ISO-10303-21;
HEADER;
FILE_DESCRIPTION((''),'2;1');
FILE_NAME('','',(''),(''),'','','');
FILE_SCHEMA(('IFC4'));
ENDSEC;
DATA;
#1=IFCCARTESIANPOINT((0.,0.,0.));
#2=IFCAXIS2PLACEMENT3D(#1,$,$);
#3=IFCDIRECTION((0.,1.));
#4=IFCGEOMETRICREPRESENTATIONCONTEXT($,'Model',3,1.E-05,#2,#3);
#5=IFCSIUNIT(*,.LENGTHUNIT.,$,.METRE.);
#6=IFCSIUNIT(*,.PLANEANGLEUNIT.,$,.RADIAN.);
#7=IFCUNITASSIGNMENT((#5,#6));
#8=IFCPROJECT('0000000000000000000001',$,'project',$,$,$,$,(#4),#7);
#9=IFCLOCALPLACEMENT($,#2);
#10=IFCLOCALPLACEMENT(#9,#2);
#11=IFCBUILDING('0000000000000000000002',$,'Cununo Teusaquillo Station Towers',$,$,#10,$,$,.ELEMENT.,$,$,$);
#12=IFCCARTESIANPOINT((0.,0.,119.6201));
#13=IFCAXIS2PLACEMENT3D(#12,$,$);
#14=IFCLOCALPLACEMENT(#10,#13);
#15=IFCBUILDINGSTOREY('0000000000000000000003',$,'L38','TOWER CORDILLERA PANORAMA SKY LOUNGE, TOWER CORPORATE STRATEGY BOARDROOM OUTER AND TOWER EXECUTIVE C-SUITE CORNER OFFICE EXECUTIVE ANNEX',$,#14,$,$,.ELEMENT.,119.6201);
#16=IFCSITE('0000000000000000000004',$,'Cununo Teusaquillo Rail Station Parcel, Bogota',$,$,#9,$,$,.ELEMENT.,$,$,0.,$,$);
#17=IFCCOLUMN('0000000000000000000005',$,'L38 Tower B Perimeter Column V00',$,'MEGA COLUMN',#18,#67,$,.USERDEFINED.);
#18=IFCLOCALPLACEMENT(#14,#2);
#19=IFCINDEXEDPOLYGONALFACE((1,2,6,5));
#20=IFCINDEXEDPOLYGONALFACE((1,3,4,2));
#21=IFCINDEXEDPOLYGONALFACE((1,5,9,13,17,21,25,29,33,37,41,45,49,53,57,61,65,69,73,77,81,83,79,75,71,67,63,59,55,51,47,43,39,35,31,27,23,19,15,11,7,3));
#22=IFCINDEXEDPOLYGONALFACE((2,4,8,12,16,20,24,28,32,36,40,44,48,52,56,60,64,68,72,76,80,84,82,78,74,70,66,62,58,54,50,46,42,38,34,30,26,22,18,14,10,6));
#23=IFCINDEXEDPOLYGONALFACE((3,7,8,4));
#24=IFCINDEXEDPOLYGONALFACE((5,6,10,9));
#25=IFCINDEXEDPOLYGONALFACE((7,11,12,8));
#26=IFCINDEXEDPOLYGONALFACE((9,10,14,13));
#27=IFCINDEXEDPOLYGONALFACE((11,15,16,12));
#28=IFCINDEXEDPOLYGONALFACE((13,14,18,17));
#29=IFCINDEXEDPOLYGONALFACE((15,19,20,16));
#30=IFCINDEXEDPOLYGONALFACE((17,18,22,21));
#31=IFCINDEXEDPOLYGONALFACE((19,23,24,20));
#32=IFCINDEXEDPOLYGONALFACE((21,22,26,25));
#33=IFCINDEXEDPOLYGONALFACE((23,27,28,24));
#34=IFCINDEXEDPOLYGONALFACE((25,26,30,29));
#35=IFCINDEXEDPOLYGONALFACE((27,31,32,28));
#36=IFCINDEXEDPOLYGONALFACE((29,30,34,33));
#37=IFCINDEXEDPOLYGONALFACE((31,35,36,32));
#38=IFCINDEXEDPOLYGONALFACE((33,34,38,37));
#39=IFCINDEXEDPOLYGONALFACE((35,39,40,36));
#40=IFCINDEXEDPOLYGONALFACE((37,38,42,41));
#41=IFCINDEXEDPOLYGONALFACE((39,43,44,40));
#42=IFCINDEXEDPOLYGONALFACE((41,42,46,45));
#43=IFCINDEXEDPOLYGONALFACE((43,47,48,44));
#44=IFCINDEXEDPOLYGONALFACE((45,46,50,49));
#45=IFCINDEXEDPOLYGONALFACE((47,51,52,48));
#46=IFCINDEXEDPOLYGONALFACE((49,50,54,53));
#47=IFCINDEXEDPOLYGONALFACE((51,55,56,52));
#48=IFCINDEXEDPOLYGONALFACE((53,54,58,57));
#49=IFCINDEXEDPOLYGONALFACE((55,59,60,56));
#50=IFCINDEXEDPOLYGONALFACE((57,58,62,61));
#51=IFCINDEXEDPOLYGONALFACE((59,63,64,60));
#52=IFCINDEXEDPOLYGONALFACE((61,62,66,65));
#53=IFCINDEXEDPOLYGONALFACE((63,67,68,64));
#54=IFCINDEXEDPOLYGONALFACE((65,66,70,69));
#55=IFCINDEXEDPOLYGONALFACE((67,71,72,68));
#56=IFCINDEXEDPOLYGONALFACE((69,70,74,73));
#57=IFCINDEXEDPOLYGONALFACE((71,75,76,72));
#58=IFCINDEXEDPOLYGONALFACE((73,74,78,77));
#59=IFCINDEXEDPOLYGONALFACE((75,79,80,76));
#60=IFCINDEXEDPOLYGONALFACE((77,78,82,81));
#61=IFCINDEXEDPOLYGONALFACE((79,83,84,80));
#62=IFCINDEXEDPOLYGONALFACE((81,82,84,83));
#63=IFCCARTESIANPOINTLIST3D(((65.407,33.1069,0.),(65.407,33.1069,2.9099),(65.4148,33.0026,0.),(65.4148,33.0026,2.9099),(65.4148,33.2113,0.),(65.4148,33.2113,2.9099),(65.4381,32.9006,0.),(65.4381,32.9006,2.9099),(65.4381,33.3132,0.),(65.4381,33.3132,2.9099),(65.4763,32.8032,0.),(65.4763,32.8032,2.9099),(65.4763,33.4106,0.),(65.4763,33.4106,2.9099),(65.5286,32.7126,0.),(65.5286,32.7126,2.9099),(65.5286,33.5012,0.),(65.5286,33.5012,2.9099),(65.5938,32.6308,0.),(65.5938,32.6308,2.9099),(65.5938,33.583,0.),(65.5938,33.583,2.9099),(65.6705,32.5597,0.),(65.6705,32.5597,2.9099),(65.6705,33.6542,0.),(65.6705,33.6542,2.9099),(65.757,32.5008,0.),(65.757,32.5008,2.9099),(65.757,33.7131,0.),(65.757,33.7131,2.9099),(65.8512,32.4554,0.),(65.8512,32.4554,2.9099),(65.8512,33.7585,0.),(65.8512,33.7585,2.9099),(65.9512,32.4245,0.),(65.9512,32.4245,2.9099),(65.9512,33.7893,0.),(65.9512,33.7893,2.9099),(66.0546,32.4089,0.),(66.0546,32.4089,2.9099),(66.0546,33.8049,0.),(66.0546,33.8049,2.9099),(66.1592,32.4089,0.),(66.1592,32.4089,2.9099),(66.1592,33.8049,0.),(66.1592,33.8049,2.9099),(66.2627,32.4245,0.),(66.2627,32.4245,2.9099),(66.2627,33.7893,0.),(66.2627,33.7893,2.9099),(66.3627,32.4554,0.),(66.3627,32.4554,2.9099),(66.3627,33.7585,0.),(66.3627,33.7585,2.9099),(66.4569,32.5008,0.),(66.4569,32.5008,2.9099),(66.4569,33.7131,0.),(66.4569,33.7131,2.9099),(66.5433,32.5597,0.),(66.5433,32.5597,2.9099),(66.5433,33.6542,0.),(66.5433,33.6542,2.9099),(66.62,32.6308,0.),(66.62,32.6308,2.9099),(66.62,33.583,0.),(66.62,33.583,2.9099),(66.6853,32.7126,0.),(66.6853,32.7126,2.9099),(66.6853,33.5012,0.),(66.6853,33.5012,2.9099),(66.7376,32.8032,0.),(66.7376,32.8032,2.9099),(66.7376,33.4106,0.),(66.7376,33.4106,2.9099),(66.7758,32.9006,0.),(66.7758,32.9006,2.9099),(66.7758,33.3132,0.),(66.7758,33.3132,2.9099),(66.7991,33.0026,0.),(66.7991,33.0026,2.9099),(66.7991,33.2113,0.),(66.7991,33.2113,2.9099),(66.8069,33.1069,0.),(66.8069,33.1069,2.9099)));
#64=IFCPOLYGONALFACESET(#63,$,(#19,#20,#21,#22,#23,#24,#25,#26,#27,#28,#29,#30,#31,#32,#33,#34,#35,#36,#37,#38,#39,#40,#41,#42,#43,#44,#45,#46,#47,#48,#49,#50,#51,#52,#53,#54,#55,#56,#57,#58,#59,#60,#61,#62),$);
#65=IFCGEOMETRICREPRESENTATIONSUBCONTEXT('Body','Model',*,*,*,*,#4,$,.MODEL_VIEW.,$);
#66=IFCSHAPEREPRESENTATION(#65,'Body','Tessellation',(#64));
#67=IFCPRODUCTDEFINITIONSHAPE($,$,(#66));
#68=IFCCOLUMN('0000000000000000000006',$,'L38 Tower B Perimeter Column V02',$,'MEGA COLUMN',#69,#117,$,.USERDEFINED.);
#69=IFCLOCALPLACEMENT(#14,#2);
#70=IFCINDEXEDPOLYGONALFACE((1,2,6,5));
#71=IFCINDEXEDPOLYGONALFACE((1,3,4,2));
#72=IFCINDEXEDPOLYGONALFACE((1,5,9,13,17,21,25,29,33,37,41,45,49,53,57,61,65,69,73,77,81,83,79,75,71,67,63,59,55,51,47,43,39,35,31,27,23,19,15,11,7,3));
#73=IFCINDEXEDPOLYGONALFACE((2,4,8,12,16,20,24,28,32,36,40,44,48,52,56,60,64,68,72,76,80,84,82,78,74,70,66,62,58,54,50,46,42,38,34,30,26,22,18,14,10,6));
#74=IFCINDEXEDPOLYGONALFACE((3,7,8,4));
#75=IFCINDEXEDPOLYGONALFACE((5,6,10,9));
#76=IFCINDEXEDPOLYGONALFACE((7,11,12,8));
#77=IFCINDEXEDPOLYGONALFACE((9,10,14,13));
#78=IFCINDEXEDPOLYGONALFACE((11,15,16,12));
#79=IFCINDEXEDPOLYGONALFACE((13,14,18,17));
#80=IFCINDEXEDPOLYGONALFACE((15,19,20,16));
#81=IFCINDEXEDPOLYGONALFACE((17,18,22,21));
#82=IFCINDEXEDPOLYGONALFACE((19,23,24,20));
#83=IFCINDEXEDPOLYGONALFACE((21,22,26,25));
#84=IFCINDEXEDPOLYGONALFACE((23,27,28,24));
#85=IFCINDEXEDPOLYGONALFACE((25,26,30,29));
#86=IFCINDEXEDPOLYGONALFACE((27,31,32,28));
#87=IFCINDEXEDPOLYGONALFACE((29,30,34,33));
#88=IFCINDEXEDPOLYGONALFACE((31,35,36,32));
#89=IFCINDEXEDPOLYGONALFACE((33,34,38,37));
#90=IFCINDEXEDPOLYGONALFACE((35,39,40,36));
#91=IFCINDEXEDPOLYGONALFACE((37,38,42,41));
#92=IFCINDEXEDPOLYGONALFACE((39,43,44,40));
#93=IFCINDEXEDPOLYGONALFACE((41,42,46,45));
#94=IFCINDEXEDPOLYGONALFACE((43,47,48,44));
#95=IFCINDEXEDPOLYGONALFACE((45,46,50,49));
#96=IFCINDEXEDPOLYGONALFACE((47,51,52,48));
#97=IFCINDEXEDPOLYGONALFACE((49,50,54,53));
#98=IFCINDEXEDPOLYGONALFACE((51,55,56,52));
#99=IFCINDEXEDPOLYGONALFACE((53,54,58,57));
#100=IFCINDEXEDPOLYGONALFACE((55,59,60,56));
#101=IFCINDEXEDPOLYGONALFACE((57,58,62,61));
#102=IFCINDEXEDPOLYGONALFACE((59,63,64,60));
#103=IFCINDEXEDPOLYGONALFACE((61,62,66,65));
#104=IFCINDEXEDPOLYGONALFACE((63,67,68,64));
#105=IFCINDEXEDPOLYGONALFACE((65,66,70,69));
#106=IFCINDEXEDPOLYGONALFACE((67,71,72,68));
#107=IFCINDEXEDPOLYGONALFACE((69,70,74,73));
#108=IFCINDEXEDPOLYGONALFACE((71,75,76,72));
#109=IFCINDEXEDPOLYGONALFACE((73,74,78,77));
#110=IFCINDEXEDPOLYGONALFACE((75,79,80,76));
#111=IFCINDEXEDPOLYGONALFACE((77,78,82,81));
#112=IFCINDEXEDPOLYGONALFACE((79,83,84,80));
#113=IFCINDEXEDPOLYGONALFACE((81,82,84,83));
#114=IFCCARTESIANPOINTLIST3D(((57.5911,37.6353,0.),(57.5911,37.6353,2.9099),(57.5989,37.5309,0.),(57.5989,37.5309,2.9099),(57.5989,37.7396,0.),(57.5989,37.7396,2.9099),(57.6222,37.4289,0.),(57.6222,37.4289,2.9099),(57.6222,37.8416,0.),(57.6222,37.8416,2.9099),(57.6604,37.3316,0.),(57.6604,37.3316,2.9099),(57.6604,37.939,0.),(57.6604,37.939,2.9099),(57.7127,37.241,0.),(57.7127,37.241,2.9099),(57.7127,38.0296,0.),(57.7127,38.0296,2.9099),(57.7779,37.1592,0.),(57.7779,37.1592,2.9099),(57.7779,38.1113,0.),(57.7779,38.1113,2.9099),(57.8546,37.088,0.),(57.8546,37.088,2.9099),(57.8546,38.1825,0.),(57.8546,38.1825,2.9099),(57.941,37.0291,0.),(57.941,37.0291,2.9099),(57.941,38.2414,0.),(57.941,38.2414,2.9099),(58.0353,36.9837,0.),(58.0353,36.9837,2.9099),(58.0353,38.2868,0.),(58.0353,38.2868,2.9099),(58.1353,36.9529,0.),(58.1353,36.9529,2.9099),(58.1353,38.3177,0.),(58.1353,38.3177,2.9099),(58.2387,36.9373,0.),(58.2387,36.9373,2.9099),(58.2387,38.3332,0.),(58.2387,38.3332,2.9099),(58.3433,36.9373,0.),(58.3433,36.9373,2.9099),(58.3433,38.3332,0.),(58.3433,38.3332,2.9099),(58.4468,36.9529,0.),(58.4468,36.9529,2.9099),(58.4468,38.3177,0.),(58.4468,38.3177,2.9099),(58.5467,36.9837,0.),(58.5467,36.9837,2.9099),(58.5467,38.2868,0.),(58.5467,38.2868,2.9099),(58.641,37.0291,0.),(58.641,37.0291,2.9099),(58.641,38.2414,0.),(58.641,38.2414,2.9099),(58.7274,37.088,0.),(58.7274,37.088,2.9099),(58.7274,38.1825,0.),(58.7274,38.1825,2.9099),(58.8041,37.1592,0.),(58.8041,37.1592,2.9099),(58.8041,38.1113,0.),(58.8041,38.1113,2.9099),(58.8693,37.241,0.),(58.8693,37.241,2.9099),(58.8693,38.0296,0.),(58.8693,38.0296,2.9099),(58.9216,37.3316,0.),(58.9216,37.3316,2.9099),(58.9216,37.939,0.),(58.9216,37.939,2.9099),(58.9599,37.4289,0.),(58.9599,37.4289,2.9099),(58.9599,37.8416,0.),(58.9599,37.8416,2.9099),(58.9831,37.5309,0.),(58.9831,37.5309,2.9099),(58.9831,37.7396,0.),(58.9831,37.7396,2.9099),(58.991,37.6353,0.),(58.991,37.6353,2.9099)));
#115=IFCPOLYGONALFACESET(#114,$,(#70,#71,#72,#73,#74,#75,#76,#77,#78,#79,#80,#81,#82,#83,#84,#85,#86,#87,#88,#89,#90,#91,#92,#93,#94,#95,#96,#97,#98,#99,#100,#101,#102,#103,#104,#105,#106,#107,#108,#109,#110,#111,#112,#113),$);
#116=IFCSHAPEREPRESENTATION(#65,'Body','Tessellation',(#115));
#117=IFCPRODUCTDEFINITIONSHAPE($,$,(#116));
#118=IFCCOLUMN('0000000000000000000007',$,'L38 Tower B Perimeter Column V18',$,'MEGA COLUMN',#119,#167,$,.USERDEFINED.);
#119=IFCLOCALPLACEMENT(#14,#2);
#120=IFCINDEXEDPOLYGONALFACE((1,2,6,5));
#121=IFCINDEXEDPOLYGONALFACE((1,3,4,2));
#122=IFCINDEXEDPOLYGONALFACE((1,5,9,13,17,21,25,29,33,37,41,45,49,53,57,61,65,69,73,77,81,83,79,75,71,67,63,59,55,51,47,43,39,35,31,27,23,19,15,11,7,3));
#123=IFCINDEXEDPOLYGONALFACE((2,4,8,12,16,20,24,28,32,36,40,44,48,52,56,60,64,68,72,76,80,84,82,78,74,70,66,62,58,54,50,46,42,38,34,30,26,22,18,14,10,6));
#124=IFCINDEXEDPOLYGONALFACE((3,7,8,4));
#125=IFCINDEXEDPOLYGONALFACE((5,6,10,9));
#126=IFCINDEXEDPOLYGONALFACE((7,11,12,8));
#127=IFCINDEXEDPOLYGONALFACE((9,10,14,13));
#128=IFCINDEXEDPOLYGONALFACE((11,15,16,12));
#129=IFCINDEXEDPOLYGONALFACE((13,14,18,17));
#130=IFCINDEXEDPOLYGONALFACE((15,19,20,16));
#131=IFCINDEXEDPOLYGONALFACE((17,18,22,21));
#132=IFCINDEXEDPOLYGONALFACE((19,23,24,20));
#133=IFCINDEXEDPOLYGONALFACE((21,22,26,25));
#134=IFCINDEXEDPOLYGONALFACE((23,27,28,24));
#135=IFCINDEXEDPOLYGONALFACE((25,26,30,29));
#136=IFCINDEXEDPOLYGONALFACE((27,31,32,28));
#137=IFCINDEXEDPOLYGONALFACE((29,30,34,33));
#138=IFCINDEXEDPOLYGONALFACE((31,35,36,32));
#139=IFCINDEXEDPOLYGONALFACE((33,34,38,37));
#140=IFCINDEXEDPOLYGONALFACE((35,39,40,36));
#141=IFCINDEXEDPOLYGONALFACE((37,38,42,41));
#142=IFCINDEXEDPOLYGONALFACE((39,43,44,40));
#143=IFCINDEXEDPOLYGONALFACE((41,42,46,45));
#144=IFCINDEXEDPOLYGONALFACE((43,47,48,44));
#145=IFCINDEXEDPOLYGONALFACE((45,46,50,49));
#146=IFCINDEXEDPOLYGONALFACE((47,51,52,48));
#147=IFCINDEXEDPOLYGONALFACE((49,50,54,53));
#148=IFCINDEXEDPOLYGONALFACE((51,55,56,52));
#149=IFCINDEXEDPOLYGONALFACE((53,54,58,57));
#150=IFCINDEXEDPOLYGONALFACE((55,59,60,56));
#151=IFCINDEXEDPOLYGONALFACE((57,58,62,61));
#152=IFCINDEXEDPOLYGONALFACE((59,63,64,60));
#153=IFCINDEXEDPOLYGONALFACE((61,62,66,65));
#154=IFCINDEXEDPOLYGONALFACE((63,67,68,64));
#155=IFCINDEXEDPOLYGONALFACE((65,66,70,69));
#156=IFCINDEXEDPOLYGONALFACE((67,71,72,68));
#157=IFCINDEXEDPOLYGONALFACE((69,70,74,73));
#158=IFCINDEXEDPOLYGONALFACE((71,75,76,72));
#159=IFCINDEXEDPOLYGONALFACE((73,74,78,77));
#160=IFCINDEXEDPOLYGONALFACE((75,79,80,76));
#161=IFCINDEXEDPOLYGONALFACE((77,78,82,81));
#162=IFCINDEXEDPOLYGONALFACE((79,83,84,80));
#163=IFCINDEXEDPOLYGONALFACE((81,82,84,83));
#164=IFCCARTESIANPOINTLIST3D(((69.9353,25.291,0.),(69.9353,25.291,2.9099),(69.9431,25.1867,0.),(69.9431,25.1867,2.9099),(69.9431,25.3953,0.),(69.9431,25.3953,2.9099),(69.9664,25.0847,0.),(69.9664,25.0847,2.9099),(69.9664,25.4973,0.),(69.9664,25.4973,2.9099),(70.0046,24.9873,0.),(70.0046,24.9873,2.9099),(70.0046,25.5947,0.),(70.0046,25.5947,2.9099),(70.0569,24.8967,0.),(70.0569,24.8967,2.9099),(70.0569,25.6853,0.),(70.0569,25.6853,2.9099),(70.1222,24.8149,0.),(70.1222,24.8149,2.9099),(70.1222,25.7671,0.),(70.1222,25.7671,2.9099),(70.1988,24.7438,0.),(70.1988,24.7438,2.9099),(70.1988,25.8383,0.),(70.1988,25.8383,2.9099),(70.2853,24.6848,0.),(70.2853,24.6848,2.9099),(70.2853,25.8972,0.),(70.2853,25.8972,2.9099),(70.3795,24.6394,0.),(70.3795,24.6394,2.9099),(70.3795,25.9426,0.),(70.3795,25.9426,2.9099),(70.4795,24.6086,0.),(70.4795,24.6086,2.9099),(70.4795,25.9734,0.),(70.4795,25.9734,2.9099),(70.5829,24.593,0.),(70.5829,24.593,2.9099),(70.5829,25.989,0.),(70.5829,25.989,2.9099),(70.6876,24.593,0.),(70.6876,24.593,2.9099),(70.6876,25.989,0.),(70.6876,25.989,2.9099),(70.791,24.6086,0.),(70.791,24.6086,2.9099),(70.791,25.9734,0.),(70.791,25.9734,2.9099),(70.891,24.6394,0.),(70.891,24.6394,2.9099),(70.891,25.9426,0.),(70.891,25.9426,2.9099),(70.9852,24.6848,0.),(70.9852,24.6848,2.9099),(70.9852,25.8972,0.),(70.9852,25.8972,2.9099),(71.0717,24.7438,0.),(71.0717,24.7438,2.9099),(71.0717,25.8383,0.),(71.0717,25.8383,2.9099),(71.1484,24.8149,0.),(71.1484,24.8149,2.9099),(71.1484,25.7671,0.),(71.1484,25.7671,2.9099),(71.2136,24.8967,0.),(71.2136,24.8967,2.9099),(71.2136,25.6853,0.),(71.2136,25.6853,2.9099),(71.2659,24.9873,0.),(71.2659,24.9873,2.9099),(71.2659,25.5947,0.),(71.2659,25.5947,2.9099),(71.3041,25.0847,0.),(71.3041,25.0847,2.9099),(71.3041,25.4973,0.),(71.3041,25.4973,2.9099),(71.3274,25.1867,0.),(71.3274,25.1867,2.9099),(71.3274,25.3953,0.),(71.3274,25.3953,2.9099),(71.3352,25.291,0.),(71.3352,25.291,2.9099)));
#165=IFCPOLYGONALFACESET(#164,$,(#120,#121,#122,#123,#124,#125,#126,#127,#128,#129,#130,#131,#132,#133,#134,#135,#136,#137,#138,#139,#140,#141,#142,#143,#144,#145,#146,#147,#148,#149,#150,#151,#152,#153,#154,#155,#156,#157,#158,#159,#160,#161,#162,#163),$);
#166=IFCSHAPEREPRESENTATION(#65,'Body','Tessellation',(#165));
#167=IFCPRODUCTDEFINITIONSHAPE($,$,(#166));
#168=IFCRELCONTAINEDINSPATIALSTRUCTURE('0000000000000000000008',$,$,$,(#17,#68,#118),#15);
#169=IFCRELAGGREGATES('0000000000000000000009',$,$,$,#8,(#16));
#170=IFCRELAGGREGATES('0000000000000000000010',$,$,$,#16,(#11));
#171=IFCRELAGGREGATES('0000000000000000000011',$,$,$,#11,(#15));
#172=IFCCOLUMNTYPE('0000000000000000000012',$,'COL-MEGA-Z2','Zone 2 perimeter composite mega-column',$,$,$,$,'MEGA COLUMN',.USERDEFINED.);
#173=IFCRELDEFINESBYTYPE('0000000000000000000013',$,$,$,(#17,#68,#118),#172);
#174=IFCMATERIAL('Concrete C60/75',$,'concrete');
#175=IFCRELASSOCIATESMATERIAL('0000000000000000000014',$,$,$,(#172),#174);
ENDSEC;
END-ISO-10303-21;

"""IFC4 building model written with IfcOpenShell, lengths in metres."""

from ifc_helpers import new_model, si_unit, direction, frame, origin, origin_2d, place, context, subcontext, project, spatial, circle, extrude, material, material_profile, profile_set, type_object, element, save


model = new_model("IFC4")

# Units and contexts
model_context = context("Model", 3, precision=1e-05, world=origin(), true_north=direction((0.0, 1.0)))
body_context = subcontext(model_context, "Body", "Model", "MODEL_VIEW")
ifc_project = project(units=[si_unit("LENGTHUNIT", "METRE"), si_unit("PLANEANGLEUNIT", "RADIAN")], contexts=[model_context])

# Site, building, storey
site_placement = place(None, origin())
site = spatial("IfcSite", under=ifc_project, at=site_placement, Name="Cununo Teusaquillo Rail Station Parcel, Bogota", CompositionType="ELEMENT", RefElevation=0.0)
building_placement = place(site_placement, origin())
building = spatial("IfcBuilding", under=site, at=building_placement, Name="Cununo Teusaquillo Station Towers", CompositionType="ELEMENT")
storey_placement = place(building_placement, frame((0.0, 0.0, 119.6201)))
storey = spatial("IfcBuildingStorey", under=building, at=storey_placement, Name="L38", Description="TOWER CORDILLERA PANORAMA SKY LOUNGE, TOWER CORPORATE STRATEGY BOARDROOM OUTER AND TOWER EXECUTIVE C-SUITE CORNER OFFICE EXECUTIVE ANNEX", CompositionType="ELEMENT", Elevation=119.6201)

# Columns
ifc_material_1 = material(Name="Concrete C60/75", Category="concrete")
ifc_material_profile_1 = material_profile(ifc_material_1, circle(Radius=0.7, at=origin_2d()), Name="RC-CIRC-1400")
ifc_profile_set_1 = profile_set([ifc_material_profile_1], Name="Concrete C60/75")
column_type = type_object("IfcColumnType", Name="COL-MEGA-Z2", Description="Zone 2 perimeter composite mega-column", ElementType="MEGA COLUMN", PredefinedType="USERDEFINED", material=ifc_profile_set_1)
for number, where, z_axis, x_axis, name in (
    (1, (66.1069, 33.1069, 0.0), (0.0, 0.0, 1.0), (1.0, 0.0, 0.0), "L38 Tower B Perimeter Column V00"),
    (2, (58.291, 37.6353, 0.0), (0.0, 0.0, 1.0), (1.0, 0.0, 0.0), "L38 Tower B Perimeter Column V02"),
    (3, (70.6353, 25.291, 0.0), (0.0, 0.0, 1.0), (1.0, 0.0, 0.0), "L38 Tower B Perimeter Column V18"),
):
    element("IfcColumn", number, at=place(storey_placement, frame(where, z_axis=z_axis, x_axis=x_axis)), inside=storey, type_object=column_type, Name=name, ObjectType="MEGA COLUMN", PredefinedType="USERDEFINED", context=body_context, shape_type="SweptSolid", body=[
        extrude(circle(Radius=0.7, at=origin_2d()), origin(), (0.0, 0.0, 1.0), 2.9099),
    ])

save(model, "model.ifc")
